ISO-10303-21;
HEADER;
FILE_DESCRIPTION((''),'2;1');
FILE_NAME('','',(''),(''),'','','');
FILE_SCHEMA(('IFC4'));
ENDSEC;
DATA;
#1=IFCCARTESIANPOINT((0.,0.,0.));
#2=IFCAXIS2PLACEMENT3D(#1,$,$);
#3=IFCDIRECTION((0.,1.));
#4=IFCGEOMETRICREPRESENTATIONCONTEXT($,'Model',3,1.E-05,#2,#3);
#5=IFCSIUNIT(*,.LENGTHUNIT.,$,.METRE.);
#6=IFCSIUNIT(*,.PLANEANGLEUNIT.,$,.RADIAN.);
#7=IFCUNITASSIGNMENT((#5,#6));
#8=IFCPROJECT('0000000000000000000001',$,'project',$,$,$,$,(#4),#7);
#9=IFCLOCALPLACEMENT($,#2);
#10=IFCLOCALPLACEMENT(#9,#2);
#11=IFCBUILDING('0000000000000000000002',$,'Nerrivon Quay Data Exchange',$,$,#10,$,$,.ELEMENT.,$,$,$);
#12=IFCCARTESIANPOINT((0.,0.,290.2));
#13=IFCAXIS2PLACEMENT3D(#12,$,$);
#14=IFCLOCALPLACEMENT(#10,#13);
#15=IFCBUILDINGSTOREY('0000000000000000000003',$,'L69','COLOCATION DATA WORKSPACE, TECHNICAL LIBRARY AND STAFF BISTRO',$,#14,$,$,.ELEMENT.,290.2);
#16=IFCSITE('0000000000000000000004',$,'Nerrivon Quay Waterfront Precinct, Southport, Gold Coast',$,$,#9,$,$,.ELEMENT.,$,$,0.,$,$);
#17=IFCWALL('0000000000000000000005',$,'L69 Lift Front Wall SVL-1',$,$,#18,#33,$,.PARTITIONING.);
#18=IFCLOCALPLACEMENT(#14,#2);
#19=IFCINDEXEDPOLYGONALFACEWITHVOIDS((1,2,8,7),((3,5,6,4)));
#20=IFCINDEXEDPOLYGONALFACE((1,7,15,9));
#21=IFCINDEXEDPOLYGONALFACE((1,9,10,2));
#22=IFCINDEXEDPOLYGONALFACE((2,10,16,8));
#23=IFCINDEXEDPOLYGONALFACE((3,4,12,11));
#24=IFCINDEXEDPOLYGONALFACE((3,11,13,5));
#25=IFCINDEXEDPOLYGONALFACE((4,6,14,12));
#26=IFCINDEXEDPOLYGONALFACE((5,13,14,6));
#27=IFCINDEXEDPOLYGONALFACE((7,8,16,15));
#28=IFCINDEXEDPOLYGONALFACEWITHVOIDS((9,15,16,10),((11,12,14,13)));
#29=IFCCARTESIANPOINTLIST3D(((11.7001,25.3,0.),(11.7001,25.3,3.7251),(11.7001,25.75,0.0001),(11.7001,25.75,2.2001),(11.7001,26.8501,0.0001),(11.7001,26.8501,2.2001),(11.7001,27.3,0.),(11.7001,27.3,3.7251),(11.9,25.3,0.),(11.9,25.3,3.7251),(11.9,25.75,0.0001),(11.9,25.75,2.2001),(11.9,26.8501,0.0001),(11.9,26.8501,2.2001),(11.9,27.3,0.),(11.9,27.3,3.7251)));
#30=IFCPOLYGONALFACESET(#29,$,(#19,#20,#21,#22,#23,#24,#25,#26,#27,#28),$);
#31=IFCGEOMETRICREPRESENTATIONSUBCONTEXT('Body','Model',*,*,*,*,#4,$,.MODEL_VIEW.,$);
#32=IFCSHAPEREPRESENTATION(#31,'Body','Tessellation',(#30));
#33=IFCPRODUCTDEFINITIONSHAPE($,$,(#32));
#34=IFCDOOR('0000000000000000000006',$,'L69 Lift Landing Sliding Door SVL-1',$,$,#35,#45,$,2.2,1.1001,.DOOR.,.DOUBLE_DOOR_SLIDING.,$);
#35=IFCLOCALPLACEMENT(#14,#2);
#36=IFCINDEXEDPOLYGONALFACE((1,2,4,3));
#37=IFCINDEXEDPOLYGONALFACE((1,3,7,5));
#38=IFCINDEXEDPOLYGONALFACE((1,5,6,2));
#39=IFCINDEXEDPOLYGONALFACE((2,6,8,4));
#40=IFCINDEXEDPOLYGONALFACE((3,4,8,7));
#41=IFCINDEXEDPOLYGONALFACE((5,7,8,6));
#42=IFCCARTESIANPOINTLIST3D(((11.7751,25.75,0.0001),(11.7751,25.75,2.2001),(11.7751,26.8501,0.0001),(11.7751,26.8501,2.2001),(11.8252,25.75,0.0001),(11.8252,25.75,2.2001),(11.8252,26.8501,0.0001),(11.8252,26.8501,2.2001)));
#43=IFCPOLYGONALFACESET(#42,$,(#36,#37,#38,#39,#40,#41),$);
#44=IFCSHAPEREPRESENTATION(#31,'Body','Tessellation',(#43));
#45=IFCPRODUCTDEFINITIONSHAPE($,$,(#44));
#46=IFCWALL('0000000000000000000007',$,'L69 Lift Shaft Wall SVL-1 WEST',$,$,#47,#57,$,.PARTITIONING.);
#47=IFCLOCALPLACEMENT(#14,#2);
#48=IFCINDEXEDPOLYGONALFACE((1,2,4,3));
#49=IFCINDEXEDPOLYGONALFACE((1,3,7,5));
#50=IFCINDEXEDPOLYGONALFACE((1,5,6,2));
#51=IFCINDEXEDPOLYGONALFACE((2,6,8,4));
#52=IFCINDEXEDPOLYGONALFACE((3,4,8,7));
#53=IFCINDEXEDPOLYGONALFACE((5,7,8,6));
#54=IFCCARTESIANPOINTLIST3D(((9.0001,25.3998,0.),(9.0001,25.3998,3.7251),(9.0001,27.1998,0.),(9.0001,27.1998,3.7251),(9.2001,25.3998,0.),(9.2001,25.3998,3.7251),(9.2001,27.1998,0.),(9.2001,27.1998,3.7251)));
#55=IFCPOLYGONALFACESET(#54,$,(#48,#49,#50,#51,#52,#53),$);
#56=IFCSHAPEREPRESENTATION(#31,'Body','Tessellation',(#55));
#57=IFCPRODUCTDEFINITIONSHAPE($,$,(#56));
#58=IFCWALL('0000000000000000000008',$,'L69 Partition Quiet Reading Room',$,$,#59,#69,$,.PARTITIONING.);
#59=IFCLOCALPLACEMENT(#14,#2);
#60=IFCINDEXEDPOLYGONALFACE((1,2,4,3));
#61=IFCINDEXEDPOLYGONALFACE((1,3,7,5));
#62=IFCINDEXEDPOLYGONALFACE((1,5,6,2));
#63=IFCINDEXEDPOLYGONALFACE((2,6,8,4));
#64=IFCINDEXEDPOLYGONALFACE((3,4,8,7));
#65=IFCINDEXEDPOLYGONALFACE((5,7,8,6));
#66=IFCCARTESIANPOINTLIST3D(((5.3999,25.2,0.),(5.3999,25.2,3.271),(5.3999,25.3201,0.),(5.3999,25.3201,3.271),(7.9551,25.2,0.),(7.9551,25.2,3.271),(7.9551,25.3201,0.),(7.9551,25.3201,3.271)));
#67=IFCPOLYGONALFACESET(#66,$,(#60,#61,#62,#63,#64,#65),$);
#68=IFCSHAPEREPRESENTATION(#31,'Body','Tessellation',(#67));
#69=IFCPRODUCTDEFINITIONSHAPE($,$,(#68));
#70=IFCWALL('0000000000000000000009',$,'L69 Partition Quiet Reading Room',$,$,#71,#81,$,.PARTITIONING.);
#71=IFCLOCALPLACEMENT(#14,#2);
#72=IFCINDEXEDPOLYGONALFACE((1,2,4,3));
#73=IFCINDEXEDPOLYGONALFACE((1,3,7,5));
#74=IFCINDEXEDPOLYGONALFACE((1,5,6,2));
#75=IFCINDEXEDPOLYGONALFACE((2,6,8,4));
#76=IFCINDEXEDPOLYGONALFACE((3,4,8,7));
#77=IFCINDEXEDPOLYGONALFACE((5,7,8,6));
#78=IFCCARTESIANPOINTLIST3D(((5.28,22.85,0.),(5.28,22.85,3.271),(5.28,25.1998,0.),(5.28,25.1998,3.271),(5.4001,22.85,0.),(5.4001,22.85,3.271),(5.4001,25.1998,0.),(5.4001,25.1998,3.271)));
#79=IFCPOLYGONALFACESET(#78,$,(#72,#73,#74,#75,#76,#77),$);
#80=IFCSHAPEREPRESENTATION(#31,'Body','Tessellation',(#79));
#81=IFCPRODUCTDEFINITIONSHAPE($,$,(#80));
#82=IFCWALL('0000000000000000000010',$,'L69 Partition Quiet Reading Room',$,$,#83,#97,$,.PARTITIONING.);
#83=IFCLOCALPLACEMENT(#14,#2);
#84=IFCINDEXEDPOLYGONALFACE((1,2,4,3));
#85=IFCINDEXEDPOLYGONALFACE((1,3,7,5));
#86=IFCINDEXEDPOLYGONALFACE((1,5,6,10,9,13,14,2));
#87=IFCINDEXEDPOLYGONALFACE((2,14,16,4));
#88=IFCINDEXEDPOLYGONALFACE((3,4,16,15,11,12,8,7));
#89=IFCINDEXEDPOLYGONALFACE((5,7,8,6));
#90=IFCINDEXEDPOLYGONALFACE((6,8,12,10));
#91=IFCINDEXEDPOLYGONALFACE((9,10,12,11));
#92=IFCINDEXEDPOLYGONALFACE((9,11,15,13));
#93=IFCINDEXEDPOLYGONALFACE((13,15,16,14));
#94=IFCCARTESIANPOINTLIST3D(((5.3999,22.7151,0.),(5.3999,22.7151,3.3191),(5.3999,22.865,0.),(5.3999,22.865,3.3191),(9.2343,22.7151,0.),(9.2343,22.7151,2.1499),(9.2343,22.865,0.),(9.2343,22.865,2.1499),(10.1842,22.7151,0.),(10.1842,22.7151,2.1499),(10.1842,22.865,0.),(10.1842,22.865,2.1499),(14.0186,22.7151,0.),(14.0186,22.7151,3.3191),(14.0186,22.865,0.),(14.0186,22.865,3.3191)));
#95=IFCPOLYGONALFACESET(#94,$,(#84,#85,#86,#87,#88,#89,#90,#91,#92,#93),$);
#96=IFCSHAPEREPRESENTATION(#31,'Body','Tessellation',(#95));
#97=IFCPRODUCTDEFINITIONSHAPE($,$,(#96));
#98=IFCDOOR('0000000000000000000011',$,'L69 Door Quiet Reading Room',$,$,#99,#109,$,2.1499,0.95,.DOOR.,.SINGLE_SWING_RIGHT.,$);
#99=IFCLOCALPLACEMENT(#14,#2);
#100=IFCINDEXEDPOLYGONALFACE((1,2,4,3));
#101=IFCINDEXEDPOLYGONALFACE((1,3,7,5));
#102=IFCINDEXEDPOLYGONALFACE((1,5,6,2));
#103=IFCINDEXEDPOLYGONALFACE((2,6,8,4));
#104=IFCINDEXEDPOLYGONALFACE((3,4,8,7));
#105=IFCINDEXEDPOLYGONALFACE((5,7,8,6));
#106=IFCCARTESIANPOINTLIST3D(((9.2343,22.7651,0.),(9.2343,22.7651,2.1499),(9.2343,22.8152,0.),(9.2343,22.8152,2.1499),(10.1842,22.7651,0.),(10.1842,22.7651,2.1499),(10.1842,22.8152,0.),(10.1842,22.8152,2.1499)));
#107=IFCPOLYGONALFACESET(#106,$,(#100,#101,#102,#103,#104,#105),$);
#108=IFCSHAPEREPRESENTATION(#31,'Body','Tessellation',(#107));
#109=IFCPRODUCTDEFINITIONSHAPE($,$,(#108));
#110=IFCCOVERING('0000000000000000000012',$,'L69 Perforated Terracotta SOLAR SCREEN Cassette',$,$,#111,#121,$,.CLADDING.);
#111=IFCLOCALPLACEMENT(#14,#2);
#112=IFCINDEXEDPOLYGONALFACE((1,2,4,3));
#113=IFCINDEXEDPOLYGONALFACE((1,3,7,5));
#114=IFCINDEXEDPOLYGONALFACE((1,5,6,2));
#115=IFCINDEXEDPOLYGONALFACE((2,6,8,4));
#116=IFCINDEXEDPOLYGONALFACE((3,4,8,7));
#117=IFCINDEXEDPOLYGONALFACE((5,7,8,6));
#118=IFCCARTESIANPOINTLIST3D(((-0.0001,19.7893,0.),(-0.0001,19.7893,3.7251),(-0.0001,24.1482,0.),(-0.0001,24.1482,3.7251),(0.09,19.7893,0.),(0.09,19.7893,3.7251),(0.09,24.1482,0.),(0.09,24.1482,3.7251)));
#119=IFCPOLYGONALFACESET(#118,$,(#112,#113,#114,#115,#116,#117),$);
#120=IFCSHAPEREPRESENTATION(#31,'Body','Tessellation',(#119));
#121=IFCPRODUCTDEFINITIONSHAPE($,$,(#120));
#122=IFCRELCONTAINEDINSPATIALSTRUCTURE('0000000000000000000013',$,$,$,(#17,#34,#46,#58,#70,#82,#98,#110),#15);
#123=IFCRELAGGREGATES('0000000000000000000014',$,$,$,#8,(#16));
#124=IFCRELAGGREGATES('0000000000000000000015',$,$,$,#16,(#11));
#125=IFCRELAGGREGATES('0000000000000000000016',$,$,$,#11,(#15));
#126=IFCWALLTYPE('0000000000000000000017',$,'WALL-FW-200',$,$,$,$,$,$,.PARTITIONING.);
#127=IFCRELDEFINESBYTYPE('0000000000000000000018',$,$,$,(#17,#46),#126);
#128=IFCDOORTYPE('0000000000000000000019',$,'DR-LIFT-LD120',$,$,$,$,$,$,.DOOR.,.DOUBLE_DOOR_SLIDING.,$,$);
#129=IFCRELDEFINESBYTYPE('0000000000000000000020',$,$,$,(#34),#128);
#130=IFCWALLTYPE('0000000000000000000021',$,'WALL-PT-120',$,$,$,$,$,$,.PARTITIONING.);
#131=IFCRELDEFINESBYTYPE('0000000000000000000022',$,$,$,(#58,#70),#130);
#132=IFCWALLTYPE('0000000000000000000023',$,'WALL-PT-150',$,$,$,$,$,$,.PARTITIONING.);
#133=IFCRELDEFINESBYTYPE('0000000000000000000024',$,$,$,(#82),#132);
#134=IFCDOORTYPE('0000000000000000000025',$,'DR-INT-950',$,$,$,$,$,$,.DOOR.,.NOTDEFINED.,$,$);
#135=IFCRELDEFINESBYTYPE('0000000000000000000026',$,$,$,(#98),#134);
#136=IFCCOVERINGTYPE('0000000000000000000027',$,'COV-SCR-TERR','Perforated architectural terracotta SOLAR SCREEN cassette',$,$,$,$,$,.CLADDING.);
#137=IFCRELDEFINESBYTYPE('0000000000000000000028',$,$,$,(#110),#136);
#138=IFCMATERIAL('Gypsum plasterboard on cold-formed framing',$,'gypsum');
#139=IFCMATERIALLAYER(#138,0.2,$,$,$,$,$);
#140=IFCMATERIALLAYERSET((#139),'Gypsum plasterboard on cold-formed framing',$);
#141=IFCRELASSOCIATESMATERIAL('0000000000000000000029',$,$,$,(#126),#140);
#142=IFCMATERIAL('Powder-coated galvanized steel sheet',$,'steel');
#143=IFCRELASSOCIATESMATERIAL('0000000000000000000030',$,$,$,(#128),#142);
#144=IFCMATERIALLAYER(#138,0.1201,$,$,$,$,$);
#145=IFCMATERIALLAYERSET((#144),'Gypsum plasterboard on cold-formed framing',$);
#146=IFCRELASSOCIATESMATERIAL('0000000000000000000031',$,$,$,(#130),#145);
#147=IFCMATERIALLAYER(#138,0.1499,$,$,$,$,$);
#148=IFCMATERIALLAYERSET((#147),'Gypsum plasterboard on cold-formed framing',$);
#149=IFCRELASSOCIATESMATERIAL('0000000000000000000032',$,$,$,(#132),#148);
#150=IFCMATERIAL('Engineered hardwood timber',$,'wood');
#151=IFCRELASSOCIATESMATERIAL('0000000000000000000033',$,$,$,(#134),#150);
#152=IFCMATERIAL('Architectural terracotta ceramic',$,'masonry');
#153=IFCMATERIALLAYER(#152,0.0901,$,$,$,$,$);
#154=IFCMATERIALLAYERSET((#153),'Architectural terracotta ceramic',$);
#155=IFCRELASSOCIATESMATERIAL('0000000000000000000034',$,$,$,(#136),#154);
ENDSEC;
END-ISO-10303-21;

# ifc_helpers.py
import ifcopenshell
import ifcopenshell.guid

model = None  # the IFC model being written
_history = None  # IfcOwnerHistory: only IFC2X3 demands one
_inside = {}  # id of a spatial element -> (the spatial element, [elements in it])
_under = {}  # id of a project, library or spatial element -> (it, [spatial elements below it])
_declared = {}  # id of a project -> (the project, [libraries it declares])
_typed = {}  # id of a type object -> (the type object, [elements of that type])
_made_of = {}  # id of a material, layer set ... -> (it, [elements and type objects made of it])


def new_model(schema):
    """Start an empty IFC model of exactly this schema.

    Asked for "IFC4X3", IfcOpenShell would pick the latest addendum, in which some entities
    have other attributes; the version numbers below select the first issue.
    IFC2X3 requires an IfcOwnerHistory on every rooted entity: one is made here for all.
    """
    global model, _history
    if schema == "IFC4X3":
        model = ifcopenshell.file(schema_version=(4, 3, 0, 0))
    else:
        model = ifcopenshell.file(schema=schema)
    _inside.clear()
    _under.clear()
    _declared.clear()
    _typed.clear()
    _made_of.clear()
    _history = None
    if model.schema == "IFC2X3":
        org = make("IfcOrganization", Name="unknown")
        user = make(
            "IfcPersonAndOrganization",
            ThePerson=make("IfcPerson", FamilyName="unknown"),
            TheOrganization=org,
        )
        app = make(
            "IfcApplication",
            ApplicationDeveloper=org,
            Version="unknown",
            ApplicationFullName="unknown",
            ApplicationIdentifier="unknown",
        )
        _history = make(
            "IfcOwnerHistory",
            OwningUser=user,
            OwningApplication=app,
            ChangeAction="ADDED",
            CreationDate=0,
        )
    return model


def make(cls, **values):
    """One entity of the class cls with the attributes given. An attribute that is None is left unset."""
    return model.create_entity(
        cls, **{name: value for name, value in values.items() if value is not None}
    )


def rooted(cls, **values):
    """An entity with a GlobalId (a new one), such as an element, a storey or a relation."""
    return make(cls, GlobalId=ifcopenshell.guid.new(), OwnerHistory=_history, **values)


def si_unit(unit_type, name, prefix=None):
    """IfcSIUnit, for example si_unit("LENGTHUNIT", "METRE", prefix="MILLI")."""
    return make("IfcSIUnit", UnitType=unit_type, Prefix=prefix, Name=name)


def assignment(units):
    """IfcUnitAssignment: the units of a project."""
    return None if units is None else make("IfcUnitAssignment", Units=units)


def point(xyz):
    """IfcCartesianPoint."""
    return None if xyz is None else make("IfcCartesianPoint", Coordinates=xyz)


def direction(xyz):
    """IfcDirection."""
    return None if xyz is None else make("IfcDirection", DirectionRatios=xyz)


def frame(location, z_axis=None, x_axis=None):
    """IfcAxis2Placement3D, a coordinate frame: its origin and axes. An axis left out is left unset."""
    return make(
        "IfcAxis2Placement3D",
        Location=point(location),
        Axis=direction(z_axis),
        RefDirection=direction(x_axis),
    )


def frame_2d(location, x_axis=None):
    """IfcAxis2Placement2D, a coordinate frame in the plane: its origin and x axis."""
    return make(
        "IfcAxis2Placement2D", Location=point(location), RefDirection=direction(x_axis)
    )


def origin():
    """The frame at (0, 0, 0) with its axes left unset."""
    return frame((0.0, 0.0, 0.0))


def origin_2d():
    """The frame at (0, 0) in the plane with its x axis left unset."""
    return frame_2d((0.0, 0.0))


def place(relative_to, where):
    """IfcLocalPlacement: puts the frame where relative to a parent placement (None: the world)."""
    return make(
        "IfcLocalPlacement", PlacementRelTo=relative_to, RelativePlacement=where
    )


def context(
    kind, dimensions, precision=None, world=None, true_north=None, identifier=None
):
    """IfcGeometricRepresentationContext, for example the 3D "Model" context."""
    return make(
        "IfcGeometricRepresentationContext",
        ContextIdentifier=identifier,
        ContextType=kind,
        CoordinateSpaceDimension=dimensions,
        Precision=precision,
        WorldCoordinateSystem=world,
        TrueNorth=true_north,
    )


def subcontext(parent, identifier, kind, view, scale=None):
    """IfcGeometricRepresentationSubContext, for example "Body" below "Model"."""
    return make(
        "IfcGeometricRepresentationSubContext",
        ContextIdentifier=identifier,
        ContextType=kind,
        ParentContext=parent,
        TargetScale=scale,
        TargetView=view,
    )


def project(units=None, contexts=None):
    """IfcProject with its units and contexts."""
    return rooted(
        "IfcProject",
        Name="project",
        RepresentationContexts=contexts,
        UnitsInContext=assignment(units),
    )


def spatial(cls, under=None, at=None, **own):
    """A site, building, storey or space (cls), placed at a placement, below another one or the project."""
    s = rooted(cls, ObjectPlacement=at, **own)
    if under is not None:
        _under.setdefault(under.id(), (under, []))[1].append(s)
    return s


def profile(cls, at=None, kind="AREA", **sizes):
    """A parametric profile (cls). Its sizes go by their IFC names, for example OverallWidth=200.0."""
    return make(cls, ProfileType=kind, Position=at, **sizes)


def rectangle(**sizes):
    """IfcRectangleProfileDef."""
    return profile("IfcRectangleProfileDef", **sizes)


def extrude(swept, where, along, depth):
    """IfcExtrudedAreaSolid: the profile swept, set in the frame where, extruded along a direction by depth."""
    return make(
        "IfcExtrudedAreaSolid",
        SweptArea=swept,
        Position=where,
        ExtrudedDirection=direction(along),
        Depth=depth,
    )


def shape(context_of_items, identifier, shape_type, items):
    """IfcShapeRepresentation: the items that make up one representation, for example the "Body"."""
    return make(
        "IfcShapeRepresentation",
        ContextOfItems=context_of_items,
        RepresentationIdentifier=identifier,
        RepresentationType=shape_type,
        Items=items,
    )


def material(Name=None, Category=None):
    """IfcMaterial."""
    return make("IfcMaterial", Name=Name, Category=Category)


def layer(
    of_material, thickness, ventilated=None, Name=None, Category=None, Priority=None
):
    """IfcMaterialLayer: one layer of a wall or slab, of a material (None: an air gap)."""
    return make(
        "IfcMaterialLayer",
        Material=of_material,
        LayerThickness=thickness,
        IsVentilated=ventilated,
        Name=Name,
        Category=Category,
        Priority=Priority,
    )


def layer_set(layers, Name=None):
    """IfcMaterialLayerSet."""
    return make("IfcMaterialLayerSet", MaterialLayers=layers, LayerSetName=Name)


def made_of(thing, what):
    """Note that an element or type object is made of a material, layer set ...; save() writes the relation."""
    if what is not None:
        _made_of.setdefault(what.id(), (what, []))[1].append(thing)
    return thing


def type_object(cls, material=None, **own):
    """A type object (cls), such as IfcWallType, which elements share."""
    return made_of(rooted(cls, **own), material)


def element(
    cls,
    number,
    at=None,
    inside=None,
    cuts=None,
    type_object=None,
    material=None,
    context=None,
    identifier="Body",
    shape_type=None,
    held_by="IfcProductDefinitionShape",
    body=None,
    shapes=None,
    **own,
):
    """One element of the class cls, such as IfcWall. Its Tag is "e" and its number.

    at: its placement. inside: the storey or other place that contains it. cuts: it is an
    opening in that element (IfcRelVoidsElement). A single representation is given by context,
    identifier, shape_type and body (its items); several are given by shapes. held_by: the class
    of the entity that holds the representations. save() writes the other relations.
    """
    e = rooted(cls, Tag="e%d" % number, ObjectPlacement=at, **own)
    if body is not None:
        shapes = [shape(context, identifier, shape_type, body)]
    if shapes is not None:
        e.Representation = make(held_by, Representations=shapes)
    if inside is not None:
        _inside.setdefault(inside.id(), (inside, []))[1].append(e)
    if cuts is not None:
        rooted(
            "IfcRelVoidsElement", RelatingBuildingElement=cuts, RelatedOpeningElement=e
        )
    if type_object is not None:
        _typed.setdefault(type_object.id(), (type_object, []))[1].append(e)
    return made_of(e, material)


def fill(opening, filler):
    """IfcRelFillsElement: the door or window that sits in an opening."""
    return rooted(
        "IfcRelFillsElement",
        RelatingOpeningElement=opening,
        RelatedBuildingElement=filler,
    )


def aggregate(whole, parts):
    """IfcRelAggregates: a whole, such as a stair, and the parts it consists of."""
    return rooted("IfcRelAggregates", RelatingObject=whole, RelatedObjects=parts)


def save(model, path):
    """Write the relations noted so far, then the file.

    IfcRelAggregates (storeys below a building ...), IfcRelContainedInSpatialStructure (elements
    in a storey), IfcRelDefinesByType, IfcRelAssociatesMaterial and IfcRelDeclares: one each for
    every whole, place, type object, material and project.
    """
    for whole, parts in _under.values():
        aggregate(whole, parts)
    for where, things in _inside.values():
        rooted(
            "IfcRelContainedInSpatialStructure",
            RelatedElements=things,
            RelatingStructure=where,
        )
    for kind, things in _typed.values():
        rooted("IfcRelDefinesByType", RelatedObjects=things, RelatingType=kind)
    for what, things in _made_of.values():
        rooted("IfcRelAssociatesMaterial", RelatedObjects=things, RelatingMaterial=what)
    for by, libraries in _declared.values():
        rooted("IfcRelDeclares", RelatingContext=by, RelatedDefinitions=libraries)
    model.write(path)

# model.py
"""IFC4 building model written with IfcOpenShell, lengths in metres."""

from ifc_helpers import new_model, si_unit, direction, frame, frame_2d, origin, origin_2d, place, context, subcontext, project, spatial, rectangle, extrude, material, layer, layer_set, type_object, element, fill, save


model = new_model("IFC4")

# Units and contexts
model_context = context("Model", 3, precision=1e-05, world=origin(), true_north=direction((0.0, 1.0)))
body_context = subcontext(model_context, "Body", "Model", "MODEL_VIEW")
ifc_project = project(units=[si_unit("LENGTHUNIT", "METRE"), si_unit("PLANEANGLEUNIT", "RADIAN")], contexts=[model_context])

# Site, building, storey
site_placement = place(None, origin())
site = spatial("IfcSite", under=ifc_project, at=site_placement, Name="Nerrivon Quay Waterfront Precinct, Southport, Gold Coast", CompositionType="ELEMENT", RefElevation=0.0)
building_placement = place(site_placement, origin())
building = spatial("IfcBuilding", under=site, at=building_placement, Name="Nerrivon Quay Data Exchange", CompositionType="ELEMENT")
storey_placement = place(building_placement, frame((0.0, 0.0, 290.2)))
storey = spatial("IfcBuildingStorey", under=building, at=storey_placement, Name="L69", Description="COLOCATION DATA WORKSPACE, TECHNICAL LIBRARY AND STAFF BISTRO", CompositionType="ELEMENT", Elevation=290.2)

# Wall, opening, door
ifc_material_1 = material(Name="Powder-coated galvanized steel sheet", Category="steel")
ifc_material_2 = material(Name="Gypsum plasterboard on cold-formed framing", Category="gypsum")
ifc_layer_1 = layer(ifc_material_2, 0.2)
ifc_layer_set_1 = layer_set([ifc_layer_1], Name="Gypsum plasterboard on cold-formed framing")
wall_type_1 = type_object("IfcWallType", Name="WALL-FW-200", PredefinedType="PARTITIONING", material=ifc_layer_set_1)
wall_1_placement = place(storey_placement, frame((11.8, 25.3, 0.0), z_axis=(0.0, 0.0, 1.0), x_axis=(0.0, 1.0, 0.0)))
wall_1 = element("IfcWall", 1, at=wall_1_placement, inside=storey, type_object=wall_type_1, Name="L69 Lift Front Wall SVL-1", PredefinedType="PARTITIONING", context=body_context, shape_type="SweptSolid", body=[
    extrude(rectangle(XDim=2.0, YDim=0.2, at=frame_2d((1.0, 0.0))), origin(), (0.0, 0.0, 1.0), 3.7251),
])
opening_1_placement = place(wall_1_placement, frame((0.45, 0.0, 0.0)))
opening_1 = element("IfcOpeningElement", 2, at=opening_1_placement, cuts=wall_1, PredefinedType="OPENING", context=body_context, shape_type="SweptSolid", body=[
    extrude(rectangle(XDim=1.1001, YDim=2.2, at=frame_2d((0.55, 1.1001))), frame((0.0, 0.1099, 0.0), z_axis=(0.0, -1.0, 0.0), x_axis=(1.0, 0.0, 0.0)), (0.0, 0.0, 1.0), 0.22),
])
door_type_1 = type_object("IfcDoorType", Name="DR-LIFT-LD120", OperationType="DOUBLE_DOOR_SLIDING", PredefinedType="DOOR", material=ifc_material_1)
door_1_placement = place(opening_1_placement, origin())
door_1 = element("IfcDoor", 3, at=door_1_placement, inside=storey, type_object=door_type_1, Name="L69 Lift Landing Sliding Door SVL-1", OperationType="DOUBLE_DOOR_SLIDING", OverallHeight=2.2, OverallWidth=1.1001, PredefinedType="DOOR", context=body_context, shape_type="SweptSolid", body=[
    extrude(rectangle(XDim=1.1001, YDim=2.2, at=frame_2d((0.55, 1.1001))), frame((0.0, 0.0249, 0.0), z_axis=(0.0, -1.0, 0.0), x_axis=(1.0, 0.0, 0.0)), (0.0, 0.0, 1.0), 0.05),
])
fill(opening_1, door_1)

# Walls
wall_2_placement = place(storey_placement, frame((9.1001, 25.3999, 0.0), z_axis=(0.0, 0.0, 1.0), x_axis=(0.0, 1.0, 0.0)))
element("IfcWall", 4, at=wall_2_placement, inside=storey, type_object=wall_type_1, Name="L69 Lift Shaft Wall SVL-1 WEST", PredefinedType="PARTITIONING", context=body_context, shape_type="SweptSolid", body=[
    extrude(rectangle(XDim=1.8, YDim=0.2, at=frame_2d((0.8999, 0.0))), origin(), (0.0, 0.0, 1.0), 3.7251),
])
ifc_layer_2 = layer(ifc_material_2, 0.1201)
ifc_layer_set_2 = layer_set([ifc_layer_2], Name="Gypsum plasterboard on cold-formed framing")
wall_type_2 = type_object("IfcWallType", Name="WALL-PT-120", PredefinedType="PARTITIONING", material=ifc_layer_set_2)
wall_3_placement = place(storey_placement, frame((5.3999, 25.26, 0.0), z_axis=(0.0, 0.0, 1.0), x_axis=(1.0, 0.0, 0.0)))
element("IfcWall", 5, at=wall_3_placement, inside=storey, type_object=wall_type_2, Name="L69 Partition Quiet Reading Room", PredefinedType="PARTITIONING", context=body_context, shape_type="SweptSolid", body=[
    extrude(rectangle(XDim=2.5552, YDim=0.1201, at=frame_2d((1.2776, 0.0))), origin(), (0.0, 0.0, 1.0), 3.271),
])
wall_4_placement = place(storey_placement, frame((5.3401, 22.8501, 0.0), z_axis=(0.0, 0.0, 1.0), x_axis=(0.0, 1.0, 0.0)))
element("IfcWall", 6, at=wall_4_placement, inside=storey, type_object=wall_type_2, Name="L69 Partition Quiet Reading Room", PredefinedType="PARTITIONING", context=body_context, shape_type="SweptSolid", body=[
    extrude(rectangle(XDim=2.3499, YDim=0.1201, at=frame_2d((1.1748, 0.0))), origin(), (0.0, 0.0, 1.0), 3.271),
])

# Wall, opening, door
ifc_layer_3 = layer(ifc_material_2, 0.1499)
ifc_layer_set_3 = layer_set([ifc_layer_3], Name="Gypsum plasterboard on cold-formed framing")
wall_type_3 = type_object("IfcWallType", Name="WALL-PT-150", PredefinedType="PARTITIONING", material=ifc_layer_set_3)
wall_5_placement = place(storey_placement, frame((14.0186, 22.79, 0.0), z_axis=(0.0, 0.0, 1.0), x_axis=(-1.0, 0.0, 0.0)))
wall_5 = element("IfcWall", 7, at=wall_5_placement, inside=storey, type_object=wall_type_3, Name="L69 Partition Quiet Reading Room", PredefinedType="PARTITIONING", context=body_context, shape_type="SweptSolid", body=[
    extrude(rectangle(XDim=8.6187, YDim=0.1499, at=frame_2d((4.3093, 0.0))), origin(), (0.0, 0.0, 1.0), 3.3191),
])
opening_2_placement = place(wall_5_placement, frame((3.8342, 0.0, 0.0)))
opening_2 = element("IfcOpeningElement", 8, at=opening_2_placement, cuts=wall_5, PredefinedType="OPENING", context=body_context, shape_type="SweptSolid", body=[
    extrude(rectangle(XDim=0.95, YDim=2.1499, at=frame_2d((0.4751, 1.075))), frame((0.0, 0.085, 0.0), z_axis=(0.0, -1.0, 0.0), x_axis=(1.0, 0.0, 0.0)), (0.0, 0.0, 1.0), 0.1699),
])
ifc_material_3 = material(Name="Engineered hardwood timber", Category="wood")
door_type_2 = type_object("IfcDoorType", Name="DR-INT-950", OperationType="NOTDEFINED", PredefinedType="DOOR", material=ifc_material_3)
door_2_placement = place(opening_2_placement, origin())
door_2 = element("IfcDoor", 9, at=door_2_placement, inside=storey, type_object=door_type_2, Name="L69 Door Quiet Reading Room", OperationType="SINGLE_SWING_RIGHT", OverallHeight=2.1499, OverallWidth=0.95, PredefinedType="DOOR", context=body_context, shape_type="SweptSolid", body=[
    extrude(rectangle(XDim=0.95, YDim=2.1499, at=frame_2d((0.4751, 1.075))), frame((0.0, 0.0249, 0.0), z_axis=(0.0, -1.0, 0.0), x_axis=(1.0, 0.0, 0.0)), (0.0, 0.0, 1.0), 0.05),
])
fill(opening_2, door_2)

# Covering
ifc_material_4 = material(Name="Architectural terracotta ceramic", Category="masonry")
ifc_layer_4 = layer(ifc_material_4, 0.0901)
ifc_layer_set_4 = layer_set([ifc_layer_4], Name="Architectural terracotta ceramic")
covering_type = type_object("IfcCoveringType", Name="COV-SCR-TERR", Description="Perforated architectural terracotta SOLAR SCREEN cassette", PredefinedType="CLADDING", material=ifc_layer_set_4)
covering_placement = place(storey_placement, frame((0.0449, 21.9688, 0.0), z_axis=(0.0, 0.0, 1.0), x_axis=(0.0, 1.0, 0.0)))
element("IfcCovering", 10, at=covering_placement, inside=storey, type_object=covering_type, Name="L69 Perforated Terracotta SOLAR SCREEN Cassette", PredefinedType="CLADDING", context=body_context, shape_type="SweptSolid", body=[
    extrude(rectangle(XDim=4.3589, YDim=0.0901, at=origin_2d()), origin(), (0.0, 0.0, 1.0), 3.7251),
])

save(model, "model.ifc")
